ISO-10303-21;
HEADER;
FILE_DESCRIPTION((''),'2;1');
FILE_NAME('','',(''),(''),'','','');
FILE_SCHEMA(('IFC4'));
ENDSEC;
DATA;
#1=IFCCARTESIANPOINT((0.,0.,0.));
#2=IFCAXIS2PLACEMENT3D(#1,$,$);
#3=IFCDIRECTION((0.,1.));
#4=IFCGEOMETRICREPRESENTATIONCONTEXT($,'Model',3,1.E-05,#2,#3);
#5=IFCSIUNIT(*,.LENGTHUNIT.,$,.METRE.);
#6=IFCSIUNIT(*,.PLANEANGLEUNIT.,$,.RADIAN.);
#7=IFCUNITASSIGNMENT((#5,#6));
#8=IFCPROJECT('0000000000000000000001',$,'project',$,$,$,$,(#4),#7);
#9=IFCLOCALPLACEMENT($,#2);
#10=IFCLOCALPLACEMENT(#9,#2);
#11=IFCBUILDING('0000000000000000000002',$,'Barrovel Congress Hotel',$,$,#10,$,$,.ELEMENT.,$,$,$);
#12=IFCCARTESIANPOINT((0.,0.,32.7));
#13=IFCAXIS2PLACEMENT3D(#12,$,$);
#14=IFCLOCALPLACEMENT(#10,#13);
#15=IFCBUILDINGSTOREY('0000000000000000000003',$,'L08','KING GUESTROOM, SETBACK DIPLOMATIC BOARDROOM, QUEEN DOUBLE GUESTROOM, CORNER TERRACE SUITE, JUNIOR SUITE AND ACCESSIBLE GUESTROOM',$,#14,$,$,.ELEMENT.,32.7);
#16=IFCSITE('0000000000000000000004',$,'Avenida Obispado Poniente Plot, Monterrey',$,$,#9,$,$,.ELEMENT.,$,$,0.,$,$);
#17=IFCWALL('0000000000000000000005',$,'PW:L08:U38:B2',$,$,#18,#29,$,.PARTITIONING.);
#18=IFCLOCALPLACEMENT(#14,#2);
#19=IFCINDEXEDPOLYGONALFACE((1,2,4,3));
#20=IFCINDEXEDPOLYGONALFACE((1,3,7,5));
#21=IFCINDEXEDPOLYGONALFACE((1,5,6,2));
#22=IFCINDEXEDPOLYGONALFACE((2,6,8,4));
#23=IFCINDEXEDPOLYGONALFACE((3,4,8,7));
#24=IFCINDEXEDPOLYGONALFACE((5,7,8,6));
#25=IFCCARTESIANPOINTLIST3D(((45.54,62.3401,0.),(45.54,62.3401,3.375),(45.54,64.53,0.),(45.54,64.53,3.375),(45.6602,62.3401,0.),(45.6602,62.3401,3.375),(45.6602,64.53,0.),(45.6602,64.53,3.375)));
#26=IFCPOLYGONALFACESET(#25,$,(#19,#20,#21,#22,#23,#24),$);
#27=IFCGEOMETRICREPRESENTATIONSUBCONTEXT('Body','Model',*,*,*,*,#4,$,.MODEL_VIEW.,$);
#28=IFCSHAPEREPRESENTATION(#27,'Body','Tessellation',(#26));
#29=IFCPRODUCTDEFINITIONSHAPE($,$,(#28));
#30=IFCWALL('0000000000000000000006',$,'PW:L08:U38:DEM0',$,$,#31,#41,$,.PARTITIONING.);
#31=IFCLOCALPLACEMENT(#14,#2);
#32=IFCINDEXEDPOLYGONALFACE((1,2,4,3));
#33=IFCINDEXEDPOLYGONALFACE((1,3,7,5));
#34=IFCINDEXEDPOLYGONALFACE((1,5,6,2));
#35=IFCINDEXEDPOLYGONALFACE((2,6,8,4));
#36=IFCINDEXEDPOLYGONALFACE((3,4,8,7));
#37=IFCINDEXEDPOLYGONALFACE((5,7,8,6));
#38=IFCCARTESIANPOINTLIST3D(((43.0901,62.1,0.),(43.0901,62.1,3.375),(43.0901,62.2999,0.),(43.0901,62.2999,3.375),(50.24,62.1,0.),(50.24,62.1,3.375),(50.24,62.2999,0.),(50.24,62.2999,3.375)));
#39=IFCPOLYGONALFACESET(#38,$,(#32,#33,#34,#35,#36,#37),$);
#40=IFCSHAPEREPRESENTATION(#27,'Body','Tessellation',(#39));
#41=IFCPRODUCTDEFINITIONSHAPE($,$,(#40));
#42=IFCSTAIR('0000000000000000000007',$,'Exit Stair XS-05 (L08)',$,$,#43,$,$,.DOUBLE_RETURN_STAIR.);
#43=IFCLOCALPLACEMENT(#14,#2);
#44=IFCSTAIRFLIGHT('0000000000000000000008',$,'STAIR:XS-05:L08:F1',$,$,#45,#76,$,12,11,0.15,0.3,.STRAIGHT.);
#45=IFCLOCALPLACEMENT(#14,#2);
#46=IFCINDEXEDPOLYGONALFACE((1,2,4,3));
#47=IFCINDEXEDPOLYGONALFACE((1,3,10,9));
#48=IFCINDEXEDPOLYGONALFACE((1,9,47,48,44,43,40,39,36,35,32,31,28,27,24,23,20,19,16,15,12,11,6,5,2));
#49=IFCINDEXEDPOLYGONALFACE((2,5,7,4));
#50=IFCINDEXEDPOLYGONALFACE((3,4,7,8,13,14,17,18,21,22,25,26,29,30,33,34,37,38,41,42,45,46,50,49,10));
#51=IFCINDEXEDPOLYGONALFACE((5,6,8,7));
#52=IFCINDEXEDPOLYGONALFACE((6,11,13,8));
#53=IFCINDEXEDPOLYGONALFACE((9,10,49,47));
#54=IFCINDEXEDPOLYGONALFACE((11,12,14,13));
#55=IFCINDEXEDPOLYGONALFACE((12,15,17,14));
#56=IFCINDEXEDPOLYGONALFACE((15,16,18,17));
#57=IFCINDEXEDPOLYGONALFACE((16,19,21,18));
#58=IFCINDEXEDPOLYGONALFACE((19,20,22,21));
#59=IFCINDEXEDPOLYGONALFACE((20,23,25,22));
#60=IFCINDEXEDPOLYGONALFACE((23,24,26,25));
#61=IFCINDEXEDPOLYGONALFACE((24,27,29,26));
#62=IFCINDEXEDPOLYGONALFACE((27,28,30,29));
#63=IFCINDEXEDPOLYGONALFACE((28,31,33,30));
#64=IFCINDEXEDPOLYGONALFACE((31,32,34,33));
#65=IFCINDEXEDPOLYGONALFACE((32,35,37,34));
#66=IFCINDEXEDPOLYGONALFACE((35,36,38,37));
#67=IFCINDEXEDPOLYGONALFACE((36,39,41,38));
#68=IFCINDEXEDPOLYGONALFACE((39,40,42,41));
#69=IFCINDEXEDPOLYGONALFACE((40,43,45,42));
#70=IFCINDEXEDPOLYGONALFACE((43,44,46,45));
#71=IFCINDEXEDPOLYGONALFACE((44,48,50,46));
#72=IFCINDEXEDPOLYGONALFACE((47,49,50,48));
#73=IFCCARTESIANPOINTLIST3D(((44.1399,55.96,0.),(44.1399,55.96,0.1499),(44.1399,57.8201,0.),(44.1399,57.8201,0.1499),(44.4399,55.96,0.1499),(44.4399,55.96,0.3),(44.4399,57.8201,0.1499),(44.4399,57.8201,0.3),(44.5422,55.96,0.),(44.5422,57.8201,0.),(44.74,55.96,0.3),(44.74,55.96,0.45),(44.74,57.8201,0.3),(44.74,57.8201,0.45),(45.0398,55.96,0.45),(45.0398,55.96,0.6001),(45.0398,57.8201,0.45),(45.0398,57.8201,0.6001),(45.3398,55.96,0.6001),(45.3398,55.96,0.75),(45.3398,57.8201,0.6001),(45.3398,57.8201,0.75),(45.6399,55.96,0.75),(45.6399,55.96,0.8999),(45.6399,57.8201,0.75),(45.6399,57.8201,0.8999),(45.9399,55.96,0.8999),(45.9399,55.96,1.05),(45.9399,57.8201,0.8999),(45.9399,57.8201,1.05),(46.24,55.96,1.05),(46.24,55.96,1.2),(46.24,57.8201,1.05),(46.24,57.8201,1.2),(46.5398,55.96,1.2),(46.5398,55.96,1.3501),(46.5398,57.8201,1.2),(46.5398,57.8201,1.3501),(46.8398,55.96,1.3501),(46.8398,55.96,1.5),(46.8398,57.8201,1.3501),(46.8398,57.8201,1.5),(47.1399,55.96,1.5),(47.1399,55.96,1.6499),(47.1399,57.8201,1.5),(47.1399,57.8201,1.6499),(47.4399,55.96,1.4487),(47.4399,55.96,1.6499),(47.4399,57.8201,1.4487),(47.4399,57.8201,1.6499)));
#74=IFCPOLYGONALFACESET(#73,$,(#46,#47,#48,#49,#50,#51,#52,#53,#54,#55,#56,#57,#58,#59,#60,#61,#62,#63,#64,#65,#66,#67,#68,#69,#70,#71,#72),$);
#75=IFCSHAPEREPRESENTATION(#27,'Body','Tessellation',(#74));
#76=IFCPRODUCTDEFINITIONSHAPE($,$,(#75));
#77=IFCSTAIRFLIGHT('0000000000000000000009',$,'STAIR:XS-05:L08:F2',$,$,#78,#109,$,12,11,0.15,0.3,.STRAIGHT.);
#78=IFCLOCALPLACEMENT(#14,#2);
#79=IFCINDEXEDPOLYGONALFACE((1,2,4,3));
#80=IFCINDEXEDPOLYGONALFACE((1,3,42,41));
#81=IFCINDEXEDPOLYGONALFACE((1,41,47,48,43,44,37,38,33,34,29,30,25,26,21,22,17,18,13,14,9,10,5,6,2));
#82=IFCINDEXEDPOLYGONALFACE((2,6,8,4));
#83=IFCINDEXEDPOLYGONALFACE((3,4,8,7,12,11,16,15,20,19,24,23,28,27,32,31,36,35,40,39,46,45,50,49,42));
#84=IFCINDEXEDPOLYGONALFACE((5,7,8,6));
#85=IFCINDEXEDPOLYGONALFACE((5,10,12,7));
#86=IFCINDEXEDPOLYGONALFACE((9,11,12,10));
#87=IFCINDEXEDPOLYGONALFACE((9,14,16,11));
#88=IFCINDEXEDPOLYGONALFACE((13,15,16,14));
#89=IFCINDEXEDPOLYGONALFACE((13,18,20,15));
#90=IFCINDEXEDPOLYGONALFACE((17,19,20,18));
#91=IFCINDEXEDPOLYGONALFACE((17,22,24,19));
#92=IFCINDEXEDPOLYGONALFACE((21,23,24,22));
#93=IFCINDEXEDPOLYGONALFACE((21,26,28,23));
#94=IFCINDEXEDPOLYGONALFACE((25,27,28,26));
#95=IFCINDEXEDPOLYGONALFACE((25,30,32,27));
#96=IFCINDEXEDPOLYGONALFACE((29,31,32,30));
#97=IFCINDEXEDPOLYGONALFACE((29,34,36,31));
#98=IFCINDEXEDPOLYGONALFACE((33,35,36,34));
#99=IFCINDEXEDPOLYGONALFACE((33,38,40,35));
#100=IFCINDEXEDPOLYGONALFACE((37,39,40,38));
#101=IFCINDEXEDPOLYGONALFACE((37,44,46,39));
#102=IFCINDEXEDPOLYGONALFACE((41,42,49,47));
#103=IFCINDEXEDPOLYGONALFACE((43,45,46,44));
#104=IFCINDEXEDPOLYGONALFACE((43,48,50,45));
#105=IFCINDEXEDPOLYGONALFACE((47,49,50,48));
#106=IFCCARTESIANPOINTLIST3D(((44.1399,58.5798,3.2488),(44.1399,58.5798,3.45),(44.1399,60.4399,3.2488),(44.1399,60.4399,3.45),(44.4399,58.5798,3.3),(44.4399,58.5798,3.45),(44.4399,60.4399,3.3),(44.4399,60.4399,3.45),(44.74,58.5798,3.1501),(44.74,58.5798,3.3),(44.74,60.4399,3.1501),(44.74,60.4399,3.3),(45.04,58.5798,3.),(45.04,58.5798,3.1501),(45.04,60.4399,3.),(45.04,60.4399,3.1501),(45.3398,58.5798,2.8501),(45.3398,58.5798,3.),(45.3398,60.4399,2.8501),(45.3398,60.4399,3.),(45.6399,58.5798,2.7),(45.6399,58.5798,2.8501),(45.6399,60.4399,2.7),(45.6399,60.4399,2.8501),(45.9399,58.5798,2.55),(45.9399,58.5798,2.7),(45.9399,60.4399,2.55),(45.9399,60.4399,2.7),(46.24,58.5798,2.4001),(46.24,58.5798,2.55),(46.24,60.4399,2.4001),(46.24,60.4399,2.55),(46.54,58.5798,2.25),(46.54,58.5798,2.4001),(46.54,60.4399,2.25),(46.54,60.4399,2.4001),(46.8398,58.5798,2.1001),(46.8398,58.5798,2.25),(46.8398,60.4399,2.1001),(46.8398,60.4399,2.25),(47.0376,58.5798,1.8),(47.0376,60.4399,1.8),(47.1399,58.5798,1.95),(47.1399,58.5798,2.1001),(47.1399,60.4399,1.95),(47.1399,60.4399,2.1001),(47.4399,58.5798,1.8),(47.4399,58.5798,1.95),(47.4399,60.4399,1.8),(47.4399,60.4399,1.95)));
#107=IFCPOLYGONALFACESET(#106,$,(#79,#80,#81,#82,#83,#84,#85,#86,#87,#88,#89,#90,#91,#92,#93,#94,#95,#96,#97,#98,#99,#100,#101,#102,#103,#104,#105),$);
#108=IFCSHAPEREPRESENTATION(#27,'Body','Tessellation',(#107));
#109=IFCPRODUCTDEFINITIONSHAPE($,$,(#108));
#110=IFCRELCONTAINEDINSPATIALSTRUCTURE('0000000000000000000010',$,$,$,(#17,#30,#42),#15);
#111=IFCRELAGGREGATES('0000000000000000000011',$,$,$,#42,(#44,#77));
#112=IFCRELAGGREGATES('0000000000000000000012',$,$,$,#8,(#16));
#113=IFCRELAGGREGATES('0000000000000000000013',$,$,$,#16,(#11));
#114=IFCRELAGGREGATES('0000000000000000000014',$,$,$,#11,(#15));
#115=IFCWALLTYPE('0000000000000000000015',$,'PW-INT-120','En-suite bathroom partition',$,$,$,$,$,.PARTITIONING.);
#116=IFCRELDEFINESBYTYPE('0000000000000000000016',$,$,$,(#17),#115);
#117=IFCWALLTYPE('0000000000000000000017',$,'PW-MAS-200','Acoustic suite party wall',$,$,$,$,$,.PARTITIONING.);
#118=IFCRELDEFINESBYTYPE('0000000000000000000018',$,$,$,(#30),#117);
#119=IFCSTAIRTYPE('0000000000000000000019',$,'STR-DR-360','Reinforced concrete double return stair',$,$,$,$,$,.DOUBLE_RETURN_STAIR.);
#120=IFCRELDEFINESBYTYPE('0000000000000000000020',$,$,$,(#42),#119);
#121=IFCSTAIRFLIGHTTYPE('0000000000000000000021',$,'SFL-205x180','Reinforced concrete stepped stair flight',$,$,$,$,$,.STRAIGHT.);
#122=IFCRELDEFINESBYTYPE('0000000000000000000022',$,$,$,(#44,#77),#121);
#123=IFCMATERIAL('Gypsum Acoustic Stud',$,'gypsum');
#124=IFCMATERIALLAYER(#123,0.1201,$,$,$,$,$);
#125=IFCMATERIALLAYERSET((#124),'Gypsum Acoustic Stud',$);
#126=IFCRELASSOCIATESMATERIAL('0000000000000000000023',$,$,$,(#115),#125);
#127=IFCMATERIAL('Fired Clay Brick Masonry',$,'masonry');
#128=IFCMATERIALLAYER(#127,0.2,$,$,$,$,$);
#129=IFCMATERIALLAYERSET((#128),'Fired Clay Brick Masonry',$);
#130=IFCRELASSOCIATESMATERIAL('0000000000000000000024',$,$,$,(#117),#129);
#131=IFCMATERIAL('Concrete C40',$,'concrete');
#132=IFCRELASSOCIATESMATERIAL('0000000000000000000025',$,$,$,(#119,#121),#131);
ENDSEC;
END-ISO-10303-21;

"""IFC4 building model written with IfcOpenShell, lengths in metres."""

from ifc_helpers import new_model, si_unit, direction, frame, frame_2d, origin, place, context, subcontext, project, spatial, polyline, rectangle, outline, extrude, material, layer, layer_set, type_object, element, aggregate, save


model = new_model("IFC4")

# Units and contexts
model_context = context("Model", 3, precision=1e-05, world=origin(), true_north=direction((0.0, 1.0)))
body_context = subcontext(model_context, "Body", "Model", "MODEL_VIEW")
ifc_project = project(units=[si_unit("LENGTHUNIT", "METRE"), si_unit("PLANEANGLEUNIT", "RADIAN")], contexts=[model_context])

# Site, building, storey
site_placement = place(None, origin())
site = spatial("IfcSite", under=ifc_project, at=site_placement, Name="Avenida Obispado Poniente Plot, Monterrey", CompositionType="ELEMENT", RefElevation=0.0)
building_placement = place(site_placement, origin())
building = spatial("IfcBuilding", under=site, at=building_placement, Name="Barrovel Congress Hotel", CompositionType="ELEMENT")
storey_placement = place(building_placement, frame((0.0, 0.0, 32.7)))
storey = spatial("IfcBuildingStorey", under=building, at=storey_placement, Name="L08", Description="KING GUESTROOM, SETBACK DIPLOMATIC BOARDROOM, QUEEN DOUBLE GUESTROOM, CORNER TERRACE SUITE, JUNIOR SUITE AND ACCESSIBLE GUESTROOM", CompositionType="ELEMENT", Elevation=32.7)

# Shared definitions
ifc_material_1 = material(Name="Concrete C40", Category="concrete")

# Shared definitions
ifc_material_2 = material(Name="Fired Clay Brick Masonry", Category="masonry")

# Shared definitions
ifc_material_3 = material(Name="Gypsum Acoustic Stud", Category="gypsum")

# Walls
ifc_layer_1 = layer(ifc_material_3, 0.1201)
ifc_layer_set_1 = layer_set([ifc_layer_1], Name="Gypsum Acoustic Stud")
wall_type_1 = type_object("IfcWallType", Name="PW-INT-120", Description="En-suite bathroom partition", PredefinedType="PARTITIONING", material=ifc_layer_set_1)
wall_1_placement = place(storey_placement, frame((45.6001, 62.3401, 0.0), z_axis=(0.0, 0.0, 1.0), x_axis=(0.0, 1.0, 0.0)))
element("IfcWall", 1, at=wall_1_placement, inside=storey, type_object=wall_type_1, Name="PW:L08:U38:B2", PredefinedType="PARTITIONING", context=body_context, shape_type="SweptSolid", body=[
    extrude(rectangle(XDim=2.1899, YDim=0.1201, at=frame_2d((1.095, 0.0))), origin(), (0.0, 0.0, 1.0), 3.375),
])
ifc_layer_2 = layer(ifc_material_2, 0.2)
ifc_layer_set_2 = layer_set([ifc_layer_2], Name="Fired Clay Brick Masonry")
wall_type_2 = type_object("IfcWallType", Name="PW-MAS-200", Description="Acoustic suite party wall", PredefinedType="PARTITIONING", material=ifc_layer_set_2)
wall_2_placement = place(storey_placement, frame((43.0901, 62.2, 0.0), z_axis=(0.0, 0.0, 1.0), x_axis=(1.0, 0.0, 0.0)))
element("IfcWall", 2, at=wall_2_placement, inside=storey, type_object=wall_type_2, Name="PW:L08:U38:DEM0", PredefinedType="PARTITIONING", context=body_context, shape_type="SweptSolid", body=[
    extrude(rectangle(XDim=7.1499, YDim=0.2, at=frame_2d((3.575, 0.0))), origin(), (0.0, 0.0, 1.0), 3.375),
])

# Stair, stair flights
stair_type = type_object("IfcStairType", Name="STR-DR-360", Description="Reinforced concrete double return stair", PredefinedType="DOUBLE_RETURN_STAIR", material=ifc_material_1)
stair_placement = place(storey_placement, origin())
stair = element("IfcStair", 3, at=stair_placement, inside=storey, type_object=stair_type, Name="Exit Stair XS-05 (L08)", PredefinedType="DOUBLE_RETURN_STAIR")
stair_flight_type = type_object("IfcStairFlightType", Name="SFL-205x180", Description="Reinforced concrete stepped stair flight", PredefinedType="STRAIGHT", material=ifc_material_1)
stair_flight_1_placement = place(storey_placement, frame((44.1399, 56.8899, 0.0), z_axis=(0.0, 0.0, 1.0), x_axis=(1.0, 0.0, 0.0)))
stair_flight_1 = element("IfcStairFlight", 4, at=stair_flight_1_placement, type_object=stair_flight_type, Name="STAIR:XS-05:L08:F1", NumberOfRisers=12, NumberOfTreads=11, PredefinedType="STRAIGHT", RiserHeight=0.15, TreadLength=0.3, context=body_context, shape_type="SweptSolid", body=[
    extrude(outline(polyline([(0.0, 0.0), (0.0, 0.1499), (0.3, 0.1499), (0.3, 0.3), (0.6001, 0.3), (0.6001, 0.45), (0.8999, 0.45), (0.8999, 0.6001), (1.2, 0.6001), (1.2, 0.75), (1.5, 0.75), (1.5, 0.8999), (1.8, 0.8999), (1.8, 1.05), (2.1001, 1.05), (2.1001, 1.2), (2.3999, 1.2), (2.3999, 1.3501), (2.7, 1.3501), (2.7, 1.5), (3.0, 1.5), (3.0, 1.6499), (3.3, 1.6499), (3.3, 1.8), (3.3, 1.4487), (0.4023, 0.0), (0.0, 0.0)])), frame((0.0, 0.9302, 0.0), z_axis=(0.0, -1.0, 0.0), x_axis=(1.0, 0.0, 0.0)), (0.0, 0.0, 1.0), 1.8601),
])
stair_flight_2_placement = place(storey_placement, frame((47.4399, 59.51, 1.8), z_axis=(0.0, 0.0, 1.0), x_axis=(-1.0, 0.0, 0.0)))
stair_flight_2 = element("IfcStairFlight", 5, at=stair_flight_2_placement, type_object=stair_flight_type, Name="STAIR:XS-05:L08:F2", NumberOfRisers=12, NumberOfTreads=11, PredefinedType="STRAIGHT", RiserHeight=0.15, TreadLength=0.3, context=body_context, shape_type="SweptSolid", body=[
    extrude(outline(polyline([(0.0, 0.0), (0.0, 0.1499), (0.3, 0.1499), (0.3, 0.3), (0.6001, 0.3), (0.6001, 0.45), (0.8999, 0.45), (0.8999, 0.6001), (1.2, 0.6001), (1.2, 0.75), (1.5, 0.75), (1.5, 0.8999), (1.8, 0.8999), (1.8, 1.05), (2.1001, 1.05), (2.1001, 1.2), (2.3999, 1.2), (2.3999, 1.3501), (2.7, 1.3501), (2.7, 1.5), (3.0, 1.5), (3.0, 1.6499), (3.3, 1.6499), (3.3, 1.8), (3.3, 1.4487), (0.4023, 0.0), (0.0, 0.0)])), frame((0.0, 0.9302, 0.0), z_axis=(0.0, -1.0, 0.0), x_axis=(1.0, 0.0, 0.0)), (0.0, 0.0, 1.0), 1.8601),
])
aggregate(stair, [stair_flight_1, stair_flight_2])

save(model, "model.ifc")
